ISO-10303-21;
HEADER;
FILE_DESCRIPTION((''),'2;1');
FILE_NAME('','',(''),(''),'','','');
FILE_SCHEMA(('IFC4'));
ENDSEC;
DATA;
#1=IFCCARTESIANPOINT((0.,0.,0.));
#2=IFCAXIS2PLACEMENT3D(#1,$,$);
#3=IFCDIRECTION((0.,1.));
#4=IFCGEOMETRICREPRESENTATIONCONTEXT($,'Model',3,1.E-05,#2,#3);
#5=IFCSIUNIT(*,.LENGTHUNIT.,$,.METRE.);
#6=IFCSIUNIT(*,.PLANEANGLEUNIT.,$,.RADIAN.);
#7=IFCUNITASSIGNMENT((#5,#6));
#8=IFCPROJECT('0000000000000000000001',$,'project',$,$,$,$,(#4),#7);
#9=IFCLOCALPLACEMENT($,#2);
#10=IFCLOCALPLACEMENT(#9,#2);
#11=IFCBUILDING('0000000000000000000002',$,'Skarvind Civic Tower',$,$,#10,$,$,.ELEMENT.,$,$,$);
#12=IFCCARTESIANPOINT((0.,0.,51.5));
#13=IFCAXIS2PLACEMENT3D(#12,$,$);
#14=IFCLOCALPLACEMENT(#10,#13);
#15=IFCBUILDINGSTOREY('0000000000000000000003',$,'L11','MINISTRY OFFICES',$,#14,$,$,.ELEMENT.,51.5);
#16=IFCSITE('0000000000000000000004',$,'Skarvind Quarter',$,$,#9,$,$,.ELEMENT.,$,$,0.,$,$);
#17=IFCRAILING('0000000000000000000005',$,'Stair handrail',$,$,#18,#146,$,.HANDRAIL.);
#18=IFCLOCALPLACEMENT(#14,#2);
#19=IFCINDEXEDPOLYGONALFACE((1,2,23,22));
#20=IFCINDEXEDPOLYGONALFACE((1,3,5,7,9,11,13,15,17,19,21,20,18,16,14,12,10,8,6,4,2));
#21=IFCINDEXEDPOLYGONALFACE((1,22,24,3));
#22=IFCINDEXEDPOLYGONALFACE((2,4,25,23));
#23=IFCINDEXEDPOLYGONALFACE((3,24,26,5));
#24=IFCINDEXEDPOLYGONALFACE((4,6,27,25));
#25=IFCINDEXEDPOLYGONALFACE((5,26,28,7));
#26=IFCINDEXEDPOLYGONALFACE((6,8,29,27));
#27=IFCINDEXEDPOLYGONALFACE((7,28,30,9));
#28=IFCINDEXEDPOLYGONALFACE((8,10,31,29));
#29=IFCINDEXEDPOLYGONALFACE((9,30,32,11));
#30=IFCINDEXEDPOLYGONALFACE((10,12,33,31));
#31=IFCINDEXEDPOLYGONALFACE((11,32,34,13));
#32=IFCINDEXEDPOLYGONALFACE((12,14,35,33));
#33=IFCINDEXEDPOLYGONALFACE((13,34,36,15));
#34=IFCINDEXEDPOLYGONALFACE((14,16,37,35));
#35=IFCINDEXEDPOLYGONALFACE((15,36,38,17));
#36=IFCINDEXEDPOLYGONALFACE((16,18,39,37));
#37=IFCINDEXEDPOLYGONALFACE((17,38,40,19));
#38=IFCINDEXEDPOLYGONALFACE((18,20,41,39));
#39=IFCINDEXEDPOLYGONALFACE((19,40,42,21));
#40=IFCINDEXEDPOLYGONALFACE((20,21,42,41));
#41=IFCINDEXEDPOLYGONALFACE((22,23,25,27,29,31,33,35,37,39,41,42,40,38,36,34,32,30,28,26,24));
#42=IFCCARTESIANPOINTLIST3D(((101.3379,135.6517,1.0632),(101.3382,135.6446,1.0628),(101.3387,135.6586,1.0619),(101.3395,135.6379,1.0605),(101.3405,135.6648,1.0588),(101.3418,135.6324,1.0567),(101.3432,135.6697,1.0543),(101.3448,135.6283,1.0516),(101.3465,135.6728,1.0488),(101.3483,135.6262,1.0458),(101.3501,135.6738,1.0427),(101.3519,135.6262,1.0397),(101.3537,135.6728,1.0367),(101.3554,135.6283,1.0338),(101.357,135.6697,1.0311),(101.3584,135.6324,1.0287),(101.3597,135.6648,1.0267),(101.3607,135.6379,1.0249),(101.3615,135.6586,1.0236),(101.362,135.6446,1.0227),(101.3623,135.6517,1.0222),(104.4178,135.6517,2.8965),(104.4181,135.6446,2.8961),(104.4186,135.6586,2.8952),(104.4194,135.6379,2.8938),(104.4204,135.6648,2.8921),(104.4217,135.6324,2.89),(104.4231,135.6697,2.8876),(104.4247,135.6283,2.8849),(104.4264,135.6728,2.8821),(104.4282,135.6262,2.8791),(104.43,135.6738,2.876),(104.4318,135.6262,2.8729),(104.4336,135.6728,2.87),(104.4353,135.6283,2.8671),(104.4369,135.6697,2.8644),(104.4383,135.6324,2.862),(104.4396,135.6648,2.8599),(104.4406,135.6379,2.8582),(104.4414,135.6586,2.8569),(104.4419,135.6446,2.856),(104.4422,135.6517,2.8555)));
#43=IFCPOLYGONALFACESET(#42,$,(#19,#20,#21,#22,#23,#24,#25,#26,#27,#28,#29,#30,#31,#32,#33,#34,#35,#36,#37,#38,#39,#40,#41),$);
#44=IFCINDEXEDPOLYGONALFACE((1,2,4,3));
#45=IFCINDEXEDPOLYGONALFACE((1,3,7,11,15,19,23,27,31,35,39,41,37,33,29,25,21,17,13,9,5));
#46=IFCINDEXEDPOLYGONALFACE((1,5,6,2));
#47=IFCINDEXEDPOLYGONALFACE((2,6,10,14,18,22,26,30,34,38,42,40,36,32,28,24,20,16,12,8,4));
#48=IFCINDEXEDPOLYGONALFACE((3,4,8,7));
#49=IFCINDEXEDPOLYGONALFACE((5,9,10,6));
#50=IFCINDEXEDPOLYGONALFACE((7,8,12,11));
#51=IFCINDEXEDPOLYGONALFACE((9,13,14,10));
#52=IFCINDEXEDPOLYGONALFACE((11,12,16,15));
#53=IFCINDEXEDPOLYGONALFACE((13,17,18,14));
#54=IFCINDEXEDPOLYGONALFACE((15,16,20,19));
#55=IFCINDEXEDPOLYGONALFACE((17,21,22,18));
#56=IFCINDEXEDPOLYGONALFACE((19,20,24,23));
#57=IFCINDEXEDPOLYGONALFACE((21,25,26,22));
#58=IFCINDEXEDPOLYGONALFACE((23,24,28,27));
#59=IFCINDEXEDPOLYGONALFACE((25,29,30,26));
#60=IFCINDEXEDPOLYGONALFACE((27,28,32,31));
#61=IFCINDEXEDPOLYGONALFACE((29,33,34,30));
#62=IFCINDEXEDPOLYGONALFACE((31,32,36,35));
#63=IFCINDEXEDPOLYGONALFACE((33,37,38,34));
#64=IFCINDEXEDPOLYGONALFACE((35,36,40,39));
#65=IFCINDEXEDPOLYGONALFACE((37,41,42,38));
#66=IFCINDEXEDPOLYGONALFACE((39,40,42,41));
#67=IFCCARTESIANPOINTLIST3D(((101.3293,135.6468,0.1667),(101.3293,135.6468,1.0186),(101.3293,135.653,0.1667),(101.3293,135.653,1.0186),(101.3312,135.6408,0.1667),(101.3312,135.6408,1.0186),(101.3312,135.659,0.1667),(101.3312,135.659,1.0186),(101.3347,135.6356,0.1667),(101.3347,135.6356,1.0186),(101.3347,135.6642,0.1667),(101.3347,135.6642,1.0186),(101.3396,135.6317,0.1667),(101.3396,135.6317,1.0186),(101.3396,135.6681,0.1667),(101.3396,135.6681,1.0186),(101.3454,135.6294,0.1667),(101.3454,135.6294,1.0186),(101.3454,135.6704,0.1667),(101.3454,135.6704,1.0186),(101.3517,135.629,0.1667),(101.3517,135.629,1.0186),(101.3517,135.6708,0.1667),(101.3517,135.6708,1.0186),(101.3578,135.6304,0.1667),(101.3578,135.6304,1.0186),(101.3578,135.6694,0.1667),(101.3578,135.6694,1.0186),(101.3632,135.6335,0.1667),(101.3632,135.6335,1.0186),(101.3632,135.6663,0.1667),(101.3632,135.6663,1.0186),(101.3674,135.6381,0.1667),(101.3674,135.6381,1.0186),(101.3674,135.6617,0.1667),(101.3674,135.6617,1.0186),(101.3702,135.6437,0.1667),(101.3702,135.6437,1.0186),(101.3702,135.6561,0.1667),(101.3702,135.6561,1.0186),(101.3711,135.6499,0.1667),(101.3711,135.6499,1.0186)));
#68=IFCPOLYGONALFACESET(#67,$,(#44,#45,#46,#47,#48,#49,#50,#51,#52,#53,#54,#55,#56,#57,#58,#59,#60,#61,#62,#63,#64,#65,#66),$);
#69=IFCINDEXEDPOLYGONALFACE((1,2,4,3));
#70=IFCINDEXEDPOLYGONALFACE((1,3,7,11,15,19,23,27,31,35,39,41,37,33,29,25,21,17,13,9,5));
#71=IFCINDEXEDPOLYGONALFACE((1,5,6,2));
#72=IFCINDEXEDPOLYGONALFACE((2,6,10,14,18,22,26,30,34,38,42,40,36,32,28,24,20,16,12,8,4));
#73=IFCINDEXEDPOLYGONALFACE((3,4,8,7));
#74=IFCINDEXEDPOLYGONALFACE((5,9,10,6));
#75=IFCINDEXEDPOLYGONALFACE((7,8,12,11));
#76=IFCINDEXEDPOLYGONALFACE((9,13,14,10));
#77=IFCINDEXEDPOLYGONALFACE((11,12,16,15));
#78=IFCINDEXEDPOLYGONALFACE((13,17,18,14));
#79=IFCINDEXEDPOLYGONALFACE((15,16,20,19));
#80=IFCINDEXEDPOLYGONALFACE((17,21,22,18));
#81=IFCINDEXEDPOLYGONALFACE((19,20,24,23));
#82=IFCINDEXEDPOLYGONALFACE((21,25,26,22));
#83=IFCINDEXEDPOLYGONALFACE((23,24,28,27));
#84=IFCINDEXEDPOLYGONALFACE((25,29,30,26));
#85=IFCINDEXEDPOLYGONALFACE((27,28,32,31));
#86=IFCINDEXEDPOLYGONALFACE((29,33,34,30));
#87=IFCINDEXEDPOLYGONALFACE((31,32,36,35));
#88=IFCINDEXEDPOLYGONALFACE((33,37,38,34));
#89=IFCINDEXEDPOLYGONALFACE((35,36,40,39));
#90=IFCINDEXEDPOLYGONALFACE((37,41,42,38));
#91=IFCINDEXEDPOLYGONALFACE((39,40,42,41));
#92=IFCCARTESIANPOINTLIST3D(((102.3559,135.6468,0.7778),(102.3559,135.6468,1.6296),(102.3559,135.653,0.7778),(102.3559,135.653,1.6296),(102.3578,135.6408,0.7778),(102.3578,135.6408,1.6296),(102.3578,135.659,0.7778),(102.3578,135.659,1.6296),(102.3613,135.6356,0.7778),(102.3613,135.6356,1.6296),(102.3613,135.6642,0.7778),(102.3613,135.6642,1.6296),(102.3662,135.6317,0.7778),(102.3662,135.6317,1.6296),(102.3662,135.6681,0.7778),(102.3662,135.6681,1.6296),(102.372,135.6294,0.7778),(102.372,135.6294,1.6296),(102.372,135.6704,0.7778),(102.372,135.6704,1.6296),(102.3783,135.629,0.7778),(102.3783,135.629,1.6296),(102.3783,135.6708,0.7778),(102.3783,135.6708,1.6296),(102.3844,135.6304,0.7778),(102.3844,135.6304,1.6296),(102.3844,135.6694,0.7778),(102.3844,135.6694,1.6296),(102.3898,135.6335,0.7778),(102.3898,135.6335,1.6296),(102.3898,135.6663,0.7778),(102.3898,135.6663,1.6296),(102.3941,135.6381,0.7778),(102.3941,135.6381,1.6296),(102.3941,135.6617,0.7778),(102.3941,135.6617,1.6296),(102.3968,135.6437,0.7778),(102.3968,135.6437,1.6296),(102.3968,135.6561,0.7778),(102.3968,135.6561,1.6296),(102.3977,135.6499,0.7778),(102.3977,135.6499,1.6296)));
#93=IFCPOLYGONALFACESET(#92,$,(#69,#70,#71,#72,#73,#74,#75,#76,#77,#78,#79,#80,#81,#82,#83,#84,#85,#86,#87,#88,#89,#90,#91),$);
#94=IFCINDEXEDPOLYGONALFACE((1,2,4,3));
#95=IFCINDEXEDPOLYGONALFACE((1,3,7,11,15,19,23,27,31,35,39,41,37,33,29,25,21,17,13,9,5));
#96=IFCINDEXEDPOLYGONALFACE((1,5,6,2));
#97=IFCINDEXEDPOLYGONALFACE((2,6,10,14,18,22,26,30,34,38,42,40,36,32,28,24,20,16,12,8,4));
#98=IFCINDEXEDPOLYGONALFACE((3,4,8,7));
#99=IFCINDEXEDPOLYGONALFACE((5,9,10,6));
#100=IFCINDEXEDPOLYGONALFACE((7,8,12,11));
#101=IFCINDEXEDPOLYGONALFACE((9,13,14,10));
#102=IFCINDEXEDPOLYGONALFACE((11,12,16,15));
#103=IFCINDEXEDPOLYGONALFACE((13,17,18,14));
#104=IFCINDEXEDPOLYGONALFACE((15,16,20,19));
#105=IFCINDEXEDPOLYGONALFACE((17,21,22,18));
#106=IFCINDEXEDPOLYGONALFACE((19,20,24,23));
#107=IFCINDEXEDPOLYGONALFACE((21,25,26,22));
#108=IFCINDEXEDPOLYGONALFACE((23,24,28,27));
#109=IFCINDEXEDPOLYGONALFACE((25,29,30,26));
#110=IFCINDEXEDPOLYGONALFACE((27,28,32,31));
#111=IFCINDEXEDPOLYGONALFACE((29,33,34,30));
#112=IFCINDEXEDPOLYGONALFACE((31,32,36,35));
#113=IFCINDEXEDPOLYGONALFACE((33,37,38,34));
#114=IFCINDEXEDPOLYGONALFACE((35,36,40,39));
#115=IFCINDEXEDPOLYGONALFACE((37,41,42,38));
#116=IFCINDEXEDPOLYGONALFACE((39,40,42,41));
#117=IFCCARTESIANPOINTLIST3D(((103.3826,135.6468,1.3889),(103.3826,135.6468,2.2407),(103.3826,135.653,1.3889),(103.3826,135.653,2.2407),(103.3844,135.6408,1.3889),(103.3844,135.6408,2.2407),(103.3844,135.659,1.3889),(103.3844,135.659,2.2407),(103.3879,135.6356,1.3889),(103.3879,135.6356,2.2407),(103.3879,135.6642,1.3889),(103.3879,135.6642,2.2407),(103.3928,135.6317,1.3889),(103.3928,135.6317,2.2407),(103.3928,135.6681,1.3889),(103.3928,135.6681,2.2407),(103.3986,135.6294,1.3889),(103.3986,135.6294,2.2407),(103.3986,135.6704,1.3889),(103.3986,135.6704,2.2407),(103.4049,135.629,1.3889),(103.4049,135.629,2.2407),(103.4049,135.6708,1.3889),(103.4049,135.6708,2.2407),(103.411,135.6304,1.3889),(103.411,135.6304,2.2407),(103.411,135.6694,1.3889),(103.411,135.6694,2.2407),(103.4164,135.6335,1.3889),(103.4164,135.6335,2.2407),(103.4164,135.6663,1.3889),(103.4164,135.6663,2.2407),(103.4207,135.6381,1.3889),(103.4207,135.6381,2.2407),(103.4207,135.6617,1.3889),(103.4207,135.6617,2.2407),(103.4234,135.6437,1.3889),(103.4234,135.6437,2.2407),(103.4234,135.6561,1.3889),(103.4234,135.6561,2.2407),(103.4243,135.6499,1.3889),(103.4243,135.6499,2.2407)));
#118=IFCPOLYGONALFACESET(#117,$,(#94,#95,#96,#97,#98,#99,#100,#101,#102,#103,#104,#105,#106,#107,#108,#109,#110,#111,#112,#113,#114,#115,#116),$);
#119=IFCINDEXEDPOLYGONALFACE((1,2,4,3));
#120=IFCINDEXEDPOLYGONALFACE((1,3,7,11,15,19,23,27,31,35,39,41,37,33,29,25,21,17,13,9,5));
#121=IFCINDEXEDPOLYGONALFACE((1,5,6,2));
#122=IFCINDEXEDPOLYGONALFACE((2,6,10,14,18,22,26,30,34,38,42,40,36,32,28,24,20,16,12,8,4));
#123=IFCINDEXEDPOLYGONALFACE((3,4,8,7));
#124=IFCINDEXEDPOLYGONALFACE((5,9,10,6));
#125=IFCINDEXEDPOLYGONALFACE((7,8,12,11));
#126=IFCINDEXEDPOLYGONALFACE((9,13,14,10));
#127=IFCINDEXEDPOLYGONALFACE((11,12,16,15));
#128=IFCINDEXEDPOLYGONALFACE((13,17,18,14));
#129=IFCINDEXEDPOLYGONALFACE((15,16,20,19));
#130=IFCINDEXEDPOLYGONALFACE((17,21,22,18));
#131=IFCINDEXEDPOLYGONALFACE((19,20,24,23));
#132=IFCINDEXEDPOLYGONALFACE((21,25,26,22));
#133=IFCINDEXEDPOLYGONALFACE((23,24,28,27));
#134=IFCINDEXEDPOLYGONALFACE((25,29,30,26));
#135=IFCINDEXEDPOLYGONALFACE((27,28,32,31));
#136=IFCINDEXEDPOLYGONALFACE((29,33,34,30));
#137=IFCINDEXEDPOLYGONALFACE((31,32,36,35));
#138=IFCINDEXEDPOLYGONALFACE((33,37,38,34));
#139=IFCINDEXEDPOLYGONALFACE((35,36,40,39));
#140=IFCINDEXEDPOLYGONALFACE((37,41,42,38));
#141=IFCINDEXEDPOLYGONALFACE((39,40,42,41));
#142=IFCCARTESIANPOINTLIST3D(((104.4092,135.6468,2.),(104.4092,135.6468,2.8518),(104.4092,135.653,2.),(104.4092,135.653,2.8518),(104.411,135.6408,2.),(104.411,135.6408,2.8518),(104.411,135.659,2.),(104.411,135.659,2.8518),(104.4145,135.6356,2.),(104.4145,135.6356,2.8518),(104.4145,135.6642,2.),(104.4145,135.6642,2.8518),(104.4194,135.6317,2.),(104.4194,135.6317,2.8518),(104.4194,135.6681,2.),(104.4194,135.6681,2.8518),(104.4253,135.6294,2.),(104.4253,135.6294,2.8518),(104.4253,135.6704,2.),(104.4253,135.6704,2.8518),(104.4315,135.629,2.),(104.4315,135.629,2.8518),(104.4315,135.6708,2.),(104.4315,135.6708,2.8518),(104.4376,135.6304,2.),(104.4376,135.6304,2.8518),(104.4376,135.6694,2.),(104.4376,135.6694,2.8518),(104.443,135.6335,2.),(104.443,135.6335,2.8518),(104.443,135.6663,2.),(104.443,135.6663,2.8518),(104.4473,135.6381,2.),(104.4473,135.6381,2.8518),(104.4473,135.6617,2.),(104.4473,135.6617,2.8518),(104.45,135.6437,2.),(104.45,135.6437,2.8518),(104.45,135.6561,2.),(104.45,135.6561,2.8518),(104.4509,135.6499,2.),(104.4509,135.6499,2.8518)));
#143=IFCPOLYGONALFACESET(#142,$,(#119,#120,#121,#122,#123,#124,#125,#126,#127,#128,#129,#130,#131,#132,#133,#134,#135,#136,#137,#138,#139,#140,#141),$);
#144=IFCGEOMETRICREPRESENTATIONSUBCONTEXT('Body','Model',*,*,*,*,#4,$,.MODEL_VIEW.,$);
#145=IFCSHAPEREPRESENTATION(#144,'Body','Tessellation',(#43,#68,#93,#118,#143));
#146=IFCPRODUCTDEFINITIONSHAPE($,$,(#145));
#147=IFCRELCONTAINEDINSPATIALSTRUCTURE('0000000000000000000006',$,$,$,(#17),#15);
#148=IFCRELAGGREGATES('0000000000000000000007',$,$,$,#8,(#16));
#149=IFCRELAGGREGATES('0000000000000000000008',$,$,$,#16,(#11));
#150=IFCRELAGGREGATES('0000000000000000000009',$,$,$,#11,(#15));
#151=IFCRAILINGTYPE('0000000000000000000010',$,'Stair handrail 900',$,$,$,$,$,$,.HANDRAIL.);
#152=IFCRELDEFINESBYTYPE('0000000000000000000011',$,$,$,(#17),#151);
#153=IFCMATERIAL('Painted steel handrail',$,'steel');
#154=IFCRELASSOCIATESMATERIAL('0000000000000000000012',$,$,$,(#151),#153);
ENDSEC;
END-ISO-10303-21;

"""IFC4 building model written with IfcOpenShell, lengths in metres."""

from ifc_helpers import new_model, si_unit, direction, frame, origin, origin_2d, place, context, subcontext, project, spatial, circle, extrude, material, type_object, element, save


model = new_model("IFC4")

# Units and contexts
model_context = context("Model", 3, precision=1e-05, world=origin(), true_north=direction((0.0, 1.0)))
body_context = subcontext(model_context, "Body", "Model", "MODEL_VIEW")
ifc_project = project(units=[si_unit("LENGTHUNIT", "METRE"), si_unit("PLANEANGLEUNIT", "RADIAN")], contexts=[model_context])

# Site, building, storey
site_placement = place(None, origin())
site = spatial("IfcSite", under=ifc_project, at=site_placement, Name="Skarvind Quarter", CompositionType="ELEMENT", RefElevation=0.0)
building_placement = place(site_placement, origin())
building = spatial("IfcBuilding", under=site, at=building_placement, Name="Skarvind Civic Tower", CompositionType="ELEMENT")
storey_placement = place(building_placement, frame((0.0, 0.0, 51.5)))
storey = spatial("IfcBuildingStorey", under=building, at=storey_placement, Name="L11", Description="MINISTRY OFFICES", CompositionType="ELEMENT", Elevation=51.5)

# Railing
ifc_material_1 = material(Name="Painted steel handrail", Category="steel")
railing_type = type_object("IfcRailingType", Name="Stair handrail 900", PredefinedType="HANDRAIL", material=ifc_material_1)
railing_1_placement = place(storey_placement, frame((101.3501, 135.6499, 0.1667)))
element("IfcRailing", 1, at=railing_1_placement, inside=storey, type_object=railing_type, Name="Stair handrail", PredefinedType="HANDRAIL", context=body_context, shape_type="SweptSolid", body=[
    extrude(circle(Radius=0.0239, at=origin_2d()), frame((0.0, 0.0, 0.876), z_axis=(0.859291, 0.0, 0.511487), x_axis=(0.0, 1.0, 0.0)), (0.0, 0.0, 1.0), 3.5842),
    extrude(circle(Radius=0.021, at=origin_2d()), origin(), (0.0, 0.0, 1.0), 0.8518),
    extrude(circle(Radius=0.021, at=origin_2d()), frame((1.0266, 0.0, 0.6111)), (0.0, 0.0, 1.0), 0.8518),
    extrude(circle(Radius=0.021, at=origin_2d()), frame((2.0532, 0.0, 1.2222)), (0.0, 0.0, 1.0), 0.8518),
    extrude(circle(Radius=0.021, at=origin_2d()), frame((3.0798, 0.0, 1.8333)), (0.0, 0.0, 1.0), 0.8518),
])

save(model, "model.ifc")
